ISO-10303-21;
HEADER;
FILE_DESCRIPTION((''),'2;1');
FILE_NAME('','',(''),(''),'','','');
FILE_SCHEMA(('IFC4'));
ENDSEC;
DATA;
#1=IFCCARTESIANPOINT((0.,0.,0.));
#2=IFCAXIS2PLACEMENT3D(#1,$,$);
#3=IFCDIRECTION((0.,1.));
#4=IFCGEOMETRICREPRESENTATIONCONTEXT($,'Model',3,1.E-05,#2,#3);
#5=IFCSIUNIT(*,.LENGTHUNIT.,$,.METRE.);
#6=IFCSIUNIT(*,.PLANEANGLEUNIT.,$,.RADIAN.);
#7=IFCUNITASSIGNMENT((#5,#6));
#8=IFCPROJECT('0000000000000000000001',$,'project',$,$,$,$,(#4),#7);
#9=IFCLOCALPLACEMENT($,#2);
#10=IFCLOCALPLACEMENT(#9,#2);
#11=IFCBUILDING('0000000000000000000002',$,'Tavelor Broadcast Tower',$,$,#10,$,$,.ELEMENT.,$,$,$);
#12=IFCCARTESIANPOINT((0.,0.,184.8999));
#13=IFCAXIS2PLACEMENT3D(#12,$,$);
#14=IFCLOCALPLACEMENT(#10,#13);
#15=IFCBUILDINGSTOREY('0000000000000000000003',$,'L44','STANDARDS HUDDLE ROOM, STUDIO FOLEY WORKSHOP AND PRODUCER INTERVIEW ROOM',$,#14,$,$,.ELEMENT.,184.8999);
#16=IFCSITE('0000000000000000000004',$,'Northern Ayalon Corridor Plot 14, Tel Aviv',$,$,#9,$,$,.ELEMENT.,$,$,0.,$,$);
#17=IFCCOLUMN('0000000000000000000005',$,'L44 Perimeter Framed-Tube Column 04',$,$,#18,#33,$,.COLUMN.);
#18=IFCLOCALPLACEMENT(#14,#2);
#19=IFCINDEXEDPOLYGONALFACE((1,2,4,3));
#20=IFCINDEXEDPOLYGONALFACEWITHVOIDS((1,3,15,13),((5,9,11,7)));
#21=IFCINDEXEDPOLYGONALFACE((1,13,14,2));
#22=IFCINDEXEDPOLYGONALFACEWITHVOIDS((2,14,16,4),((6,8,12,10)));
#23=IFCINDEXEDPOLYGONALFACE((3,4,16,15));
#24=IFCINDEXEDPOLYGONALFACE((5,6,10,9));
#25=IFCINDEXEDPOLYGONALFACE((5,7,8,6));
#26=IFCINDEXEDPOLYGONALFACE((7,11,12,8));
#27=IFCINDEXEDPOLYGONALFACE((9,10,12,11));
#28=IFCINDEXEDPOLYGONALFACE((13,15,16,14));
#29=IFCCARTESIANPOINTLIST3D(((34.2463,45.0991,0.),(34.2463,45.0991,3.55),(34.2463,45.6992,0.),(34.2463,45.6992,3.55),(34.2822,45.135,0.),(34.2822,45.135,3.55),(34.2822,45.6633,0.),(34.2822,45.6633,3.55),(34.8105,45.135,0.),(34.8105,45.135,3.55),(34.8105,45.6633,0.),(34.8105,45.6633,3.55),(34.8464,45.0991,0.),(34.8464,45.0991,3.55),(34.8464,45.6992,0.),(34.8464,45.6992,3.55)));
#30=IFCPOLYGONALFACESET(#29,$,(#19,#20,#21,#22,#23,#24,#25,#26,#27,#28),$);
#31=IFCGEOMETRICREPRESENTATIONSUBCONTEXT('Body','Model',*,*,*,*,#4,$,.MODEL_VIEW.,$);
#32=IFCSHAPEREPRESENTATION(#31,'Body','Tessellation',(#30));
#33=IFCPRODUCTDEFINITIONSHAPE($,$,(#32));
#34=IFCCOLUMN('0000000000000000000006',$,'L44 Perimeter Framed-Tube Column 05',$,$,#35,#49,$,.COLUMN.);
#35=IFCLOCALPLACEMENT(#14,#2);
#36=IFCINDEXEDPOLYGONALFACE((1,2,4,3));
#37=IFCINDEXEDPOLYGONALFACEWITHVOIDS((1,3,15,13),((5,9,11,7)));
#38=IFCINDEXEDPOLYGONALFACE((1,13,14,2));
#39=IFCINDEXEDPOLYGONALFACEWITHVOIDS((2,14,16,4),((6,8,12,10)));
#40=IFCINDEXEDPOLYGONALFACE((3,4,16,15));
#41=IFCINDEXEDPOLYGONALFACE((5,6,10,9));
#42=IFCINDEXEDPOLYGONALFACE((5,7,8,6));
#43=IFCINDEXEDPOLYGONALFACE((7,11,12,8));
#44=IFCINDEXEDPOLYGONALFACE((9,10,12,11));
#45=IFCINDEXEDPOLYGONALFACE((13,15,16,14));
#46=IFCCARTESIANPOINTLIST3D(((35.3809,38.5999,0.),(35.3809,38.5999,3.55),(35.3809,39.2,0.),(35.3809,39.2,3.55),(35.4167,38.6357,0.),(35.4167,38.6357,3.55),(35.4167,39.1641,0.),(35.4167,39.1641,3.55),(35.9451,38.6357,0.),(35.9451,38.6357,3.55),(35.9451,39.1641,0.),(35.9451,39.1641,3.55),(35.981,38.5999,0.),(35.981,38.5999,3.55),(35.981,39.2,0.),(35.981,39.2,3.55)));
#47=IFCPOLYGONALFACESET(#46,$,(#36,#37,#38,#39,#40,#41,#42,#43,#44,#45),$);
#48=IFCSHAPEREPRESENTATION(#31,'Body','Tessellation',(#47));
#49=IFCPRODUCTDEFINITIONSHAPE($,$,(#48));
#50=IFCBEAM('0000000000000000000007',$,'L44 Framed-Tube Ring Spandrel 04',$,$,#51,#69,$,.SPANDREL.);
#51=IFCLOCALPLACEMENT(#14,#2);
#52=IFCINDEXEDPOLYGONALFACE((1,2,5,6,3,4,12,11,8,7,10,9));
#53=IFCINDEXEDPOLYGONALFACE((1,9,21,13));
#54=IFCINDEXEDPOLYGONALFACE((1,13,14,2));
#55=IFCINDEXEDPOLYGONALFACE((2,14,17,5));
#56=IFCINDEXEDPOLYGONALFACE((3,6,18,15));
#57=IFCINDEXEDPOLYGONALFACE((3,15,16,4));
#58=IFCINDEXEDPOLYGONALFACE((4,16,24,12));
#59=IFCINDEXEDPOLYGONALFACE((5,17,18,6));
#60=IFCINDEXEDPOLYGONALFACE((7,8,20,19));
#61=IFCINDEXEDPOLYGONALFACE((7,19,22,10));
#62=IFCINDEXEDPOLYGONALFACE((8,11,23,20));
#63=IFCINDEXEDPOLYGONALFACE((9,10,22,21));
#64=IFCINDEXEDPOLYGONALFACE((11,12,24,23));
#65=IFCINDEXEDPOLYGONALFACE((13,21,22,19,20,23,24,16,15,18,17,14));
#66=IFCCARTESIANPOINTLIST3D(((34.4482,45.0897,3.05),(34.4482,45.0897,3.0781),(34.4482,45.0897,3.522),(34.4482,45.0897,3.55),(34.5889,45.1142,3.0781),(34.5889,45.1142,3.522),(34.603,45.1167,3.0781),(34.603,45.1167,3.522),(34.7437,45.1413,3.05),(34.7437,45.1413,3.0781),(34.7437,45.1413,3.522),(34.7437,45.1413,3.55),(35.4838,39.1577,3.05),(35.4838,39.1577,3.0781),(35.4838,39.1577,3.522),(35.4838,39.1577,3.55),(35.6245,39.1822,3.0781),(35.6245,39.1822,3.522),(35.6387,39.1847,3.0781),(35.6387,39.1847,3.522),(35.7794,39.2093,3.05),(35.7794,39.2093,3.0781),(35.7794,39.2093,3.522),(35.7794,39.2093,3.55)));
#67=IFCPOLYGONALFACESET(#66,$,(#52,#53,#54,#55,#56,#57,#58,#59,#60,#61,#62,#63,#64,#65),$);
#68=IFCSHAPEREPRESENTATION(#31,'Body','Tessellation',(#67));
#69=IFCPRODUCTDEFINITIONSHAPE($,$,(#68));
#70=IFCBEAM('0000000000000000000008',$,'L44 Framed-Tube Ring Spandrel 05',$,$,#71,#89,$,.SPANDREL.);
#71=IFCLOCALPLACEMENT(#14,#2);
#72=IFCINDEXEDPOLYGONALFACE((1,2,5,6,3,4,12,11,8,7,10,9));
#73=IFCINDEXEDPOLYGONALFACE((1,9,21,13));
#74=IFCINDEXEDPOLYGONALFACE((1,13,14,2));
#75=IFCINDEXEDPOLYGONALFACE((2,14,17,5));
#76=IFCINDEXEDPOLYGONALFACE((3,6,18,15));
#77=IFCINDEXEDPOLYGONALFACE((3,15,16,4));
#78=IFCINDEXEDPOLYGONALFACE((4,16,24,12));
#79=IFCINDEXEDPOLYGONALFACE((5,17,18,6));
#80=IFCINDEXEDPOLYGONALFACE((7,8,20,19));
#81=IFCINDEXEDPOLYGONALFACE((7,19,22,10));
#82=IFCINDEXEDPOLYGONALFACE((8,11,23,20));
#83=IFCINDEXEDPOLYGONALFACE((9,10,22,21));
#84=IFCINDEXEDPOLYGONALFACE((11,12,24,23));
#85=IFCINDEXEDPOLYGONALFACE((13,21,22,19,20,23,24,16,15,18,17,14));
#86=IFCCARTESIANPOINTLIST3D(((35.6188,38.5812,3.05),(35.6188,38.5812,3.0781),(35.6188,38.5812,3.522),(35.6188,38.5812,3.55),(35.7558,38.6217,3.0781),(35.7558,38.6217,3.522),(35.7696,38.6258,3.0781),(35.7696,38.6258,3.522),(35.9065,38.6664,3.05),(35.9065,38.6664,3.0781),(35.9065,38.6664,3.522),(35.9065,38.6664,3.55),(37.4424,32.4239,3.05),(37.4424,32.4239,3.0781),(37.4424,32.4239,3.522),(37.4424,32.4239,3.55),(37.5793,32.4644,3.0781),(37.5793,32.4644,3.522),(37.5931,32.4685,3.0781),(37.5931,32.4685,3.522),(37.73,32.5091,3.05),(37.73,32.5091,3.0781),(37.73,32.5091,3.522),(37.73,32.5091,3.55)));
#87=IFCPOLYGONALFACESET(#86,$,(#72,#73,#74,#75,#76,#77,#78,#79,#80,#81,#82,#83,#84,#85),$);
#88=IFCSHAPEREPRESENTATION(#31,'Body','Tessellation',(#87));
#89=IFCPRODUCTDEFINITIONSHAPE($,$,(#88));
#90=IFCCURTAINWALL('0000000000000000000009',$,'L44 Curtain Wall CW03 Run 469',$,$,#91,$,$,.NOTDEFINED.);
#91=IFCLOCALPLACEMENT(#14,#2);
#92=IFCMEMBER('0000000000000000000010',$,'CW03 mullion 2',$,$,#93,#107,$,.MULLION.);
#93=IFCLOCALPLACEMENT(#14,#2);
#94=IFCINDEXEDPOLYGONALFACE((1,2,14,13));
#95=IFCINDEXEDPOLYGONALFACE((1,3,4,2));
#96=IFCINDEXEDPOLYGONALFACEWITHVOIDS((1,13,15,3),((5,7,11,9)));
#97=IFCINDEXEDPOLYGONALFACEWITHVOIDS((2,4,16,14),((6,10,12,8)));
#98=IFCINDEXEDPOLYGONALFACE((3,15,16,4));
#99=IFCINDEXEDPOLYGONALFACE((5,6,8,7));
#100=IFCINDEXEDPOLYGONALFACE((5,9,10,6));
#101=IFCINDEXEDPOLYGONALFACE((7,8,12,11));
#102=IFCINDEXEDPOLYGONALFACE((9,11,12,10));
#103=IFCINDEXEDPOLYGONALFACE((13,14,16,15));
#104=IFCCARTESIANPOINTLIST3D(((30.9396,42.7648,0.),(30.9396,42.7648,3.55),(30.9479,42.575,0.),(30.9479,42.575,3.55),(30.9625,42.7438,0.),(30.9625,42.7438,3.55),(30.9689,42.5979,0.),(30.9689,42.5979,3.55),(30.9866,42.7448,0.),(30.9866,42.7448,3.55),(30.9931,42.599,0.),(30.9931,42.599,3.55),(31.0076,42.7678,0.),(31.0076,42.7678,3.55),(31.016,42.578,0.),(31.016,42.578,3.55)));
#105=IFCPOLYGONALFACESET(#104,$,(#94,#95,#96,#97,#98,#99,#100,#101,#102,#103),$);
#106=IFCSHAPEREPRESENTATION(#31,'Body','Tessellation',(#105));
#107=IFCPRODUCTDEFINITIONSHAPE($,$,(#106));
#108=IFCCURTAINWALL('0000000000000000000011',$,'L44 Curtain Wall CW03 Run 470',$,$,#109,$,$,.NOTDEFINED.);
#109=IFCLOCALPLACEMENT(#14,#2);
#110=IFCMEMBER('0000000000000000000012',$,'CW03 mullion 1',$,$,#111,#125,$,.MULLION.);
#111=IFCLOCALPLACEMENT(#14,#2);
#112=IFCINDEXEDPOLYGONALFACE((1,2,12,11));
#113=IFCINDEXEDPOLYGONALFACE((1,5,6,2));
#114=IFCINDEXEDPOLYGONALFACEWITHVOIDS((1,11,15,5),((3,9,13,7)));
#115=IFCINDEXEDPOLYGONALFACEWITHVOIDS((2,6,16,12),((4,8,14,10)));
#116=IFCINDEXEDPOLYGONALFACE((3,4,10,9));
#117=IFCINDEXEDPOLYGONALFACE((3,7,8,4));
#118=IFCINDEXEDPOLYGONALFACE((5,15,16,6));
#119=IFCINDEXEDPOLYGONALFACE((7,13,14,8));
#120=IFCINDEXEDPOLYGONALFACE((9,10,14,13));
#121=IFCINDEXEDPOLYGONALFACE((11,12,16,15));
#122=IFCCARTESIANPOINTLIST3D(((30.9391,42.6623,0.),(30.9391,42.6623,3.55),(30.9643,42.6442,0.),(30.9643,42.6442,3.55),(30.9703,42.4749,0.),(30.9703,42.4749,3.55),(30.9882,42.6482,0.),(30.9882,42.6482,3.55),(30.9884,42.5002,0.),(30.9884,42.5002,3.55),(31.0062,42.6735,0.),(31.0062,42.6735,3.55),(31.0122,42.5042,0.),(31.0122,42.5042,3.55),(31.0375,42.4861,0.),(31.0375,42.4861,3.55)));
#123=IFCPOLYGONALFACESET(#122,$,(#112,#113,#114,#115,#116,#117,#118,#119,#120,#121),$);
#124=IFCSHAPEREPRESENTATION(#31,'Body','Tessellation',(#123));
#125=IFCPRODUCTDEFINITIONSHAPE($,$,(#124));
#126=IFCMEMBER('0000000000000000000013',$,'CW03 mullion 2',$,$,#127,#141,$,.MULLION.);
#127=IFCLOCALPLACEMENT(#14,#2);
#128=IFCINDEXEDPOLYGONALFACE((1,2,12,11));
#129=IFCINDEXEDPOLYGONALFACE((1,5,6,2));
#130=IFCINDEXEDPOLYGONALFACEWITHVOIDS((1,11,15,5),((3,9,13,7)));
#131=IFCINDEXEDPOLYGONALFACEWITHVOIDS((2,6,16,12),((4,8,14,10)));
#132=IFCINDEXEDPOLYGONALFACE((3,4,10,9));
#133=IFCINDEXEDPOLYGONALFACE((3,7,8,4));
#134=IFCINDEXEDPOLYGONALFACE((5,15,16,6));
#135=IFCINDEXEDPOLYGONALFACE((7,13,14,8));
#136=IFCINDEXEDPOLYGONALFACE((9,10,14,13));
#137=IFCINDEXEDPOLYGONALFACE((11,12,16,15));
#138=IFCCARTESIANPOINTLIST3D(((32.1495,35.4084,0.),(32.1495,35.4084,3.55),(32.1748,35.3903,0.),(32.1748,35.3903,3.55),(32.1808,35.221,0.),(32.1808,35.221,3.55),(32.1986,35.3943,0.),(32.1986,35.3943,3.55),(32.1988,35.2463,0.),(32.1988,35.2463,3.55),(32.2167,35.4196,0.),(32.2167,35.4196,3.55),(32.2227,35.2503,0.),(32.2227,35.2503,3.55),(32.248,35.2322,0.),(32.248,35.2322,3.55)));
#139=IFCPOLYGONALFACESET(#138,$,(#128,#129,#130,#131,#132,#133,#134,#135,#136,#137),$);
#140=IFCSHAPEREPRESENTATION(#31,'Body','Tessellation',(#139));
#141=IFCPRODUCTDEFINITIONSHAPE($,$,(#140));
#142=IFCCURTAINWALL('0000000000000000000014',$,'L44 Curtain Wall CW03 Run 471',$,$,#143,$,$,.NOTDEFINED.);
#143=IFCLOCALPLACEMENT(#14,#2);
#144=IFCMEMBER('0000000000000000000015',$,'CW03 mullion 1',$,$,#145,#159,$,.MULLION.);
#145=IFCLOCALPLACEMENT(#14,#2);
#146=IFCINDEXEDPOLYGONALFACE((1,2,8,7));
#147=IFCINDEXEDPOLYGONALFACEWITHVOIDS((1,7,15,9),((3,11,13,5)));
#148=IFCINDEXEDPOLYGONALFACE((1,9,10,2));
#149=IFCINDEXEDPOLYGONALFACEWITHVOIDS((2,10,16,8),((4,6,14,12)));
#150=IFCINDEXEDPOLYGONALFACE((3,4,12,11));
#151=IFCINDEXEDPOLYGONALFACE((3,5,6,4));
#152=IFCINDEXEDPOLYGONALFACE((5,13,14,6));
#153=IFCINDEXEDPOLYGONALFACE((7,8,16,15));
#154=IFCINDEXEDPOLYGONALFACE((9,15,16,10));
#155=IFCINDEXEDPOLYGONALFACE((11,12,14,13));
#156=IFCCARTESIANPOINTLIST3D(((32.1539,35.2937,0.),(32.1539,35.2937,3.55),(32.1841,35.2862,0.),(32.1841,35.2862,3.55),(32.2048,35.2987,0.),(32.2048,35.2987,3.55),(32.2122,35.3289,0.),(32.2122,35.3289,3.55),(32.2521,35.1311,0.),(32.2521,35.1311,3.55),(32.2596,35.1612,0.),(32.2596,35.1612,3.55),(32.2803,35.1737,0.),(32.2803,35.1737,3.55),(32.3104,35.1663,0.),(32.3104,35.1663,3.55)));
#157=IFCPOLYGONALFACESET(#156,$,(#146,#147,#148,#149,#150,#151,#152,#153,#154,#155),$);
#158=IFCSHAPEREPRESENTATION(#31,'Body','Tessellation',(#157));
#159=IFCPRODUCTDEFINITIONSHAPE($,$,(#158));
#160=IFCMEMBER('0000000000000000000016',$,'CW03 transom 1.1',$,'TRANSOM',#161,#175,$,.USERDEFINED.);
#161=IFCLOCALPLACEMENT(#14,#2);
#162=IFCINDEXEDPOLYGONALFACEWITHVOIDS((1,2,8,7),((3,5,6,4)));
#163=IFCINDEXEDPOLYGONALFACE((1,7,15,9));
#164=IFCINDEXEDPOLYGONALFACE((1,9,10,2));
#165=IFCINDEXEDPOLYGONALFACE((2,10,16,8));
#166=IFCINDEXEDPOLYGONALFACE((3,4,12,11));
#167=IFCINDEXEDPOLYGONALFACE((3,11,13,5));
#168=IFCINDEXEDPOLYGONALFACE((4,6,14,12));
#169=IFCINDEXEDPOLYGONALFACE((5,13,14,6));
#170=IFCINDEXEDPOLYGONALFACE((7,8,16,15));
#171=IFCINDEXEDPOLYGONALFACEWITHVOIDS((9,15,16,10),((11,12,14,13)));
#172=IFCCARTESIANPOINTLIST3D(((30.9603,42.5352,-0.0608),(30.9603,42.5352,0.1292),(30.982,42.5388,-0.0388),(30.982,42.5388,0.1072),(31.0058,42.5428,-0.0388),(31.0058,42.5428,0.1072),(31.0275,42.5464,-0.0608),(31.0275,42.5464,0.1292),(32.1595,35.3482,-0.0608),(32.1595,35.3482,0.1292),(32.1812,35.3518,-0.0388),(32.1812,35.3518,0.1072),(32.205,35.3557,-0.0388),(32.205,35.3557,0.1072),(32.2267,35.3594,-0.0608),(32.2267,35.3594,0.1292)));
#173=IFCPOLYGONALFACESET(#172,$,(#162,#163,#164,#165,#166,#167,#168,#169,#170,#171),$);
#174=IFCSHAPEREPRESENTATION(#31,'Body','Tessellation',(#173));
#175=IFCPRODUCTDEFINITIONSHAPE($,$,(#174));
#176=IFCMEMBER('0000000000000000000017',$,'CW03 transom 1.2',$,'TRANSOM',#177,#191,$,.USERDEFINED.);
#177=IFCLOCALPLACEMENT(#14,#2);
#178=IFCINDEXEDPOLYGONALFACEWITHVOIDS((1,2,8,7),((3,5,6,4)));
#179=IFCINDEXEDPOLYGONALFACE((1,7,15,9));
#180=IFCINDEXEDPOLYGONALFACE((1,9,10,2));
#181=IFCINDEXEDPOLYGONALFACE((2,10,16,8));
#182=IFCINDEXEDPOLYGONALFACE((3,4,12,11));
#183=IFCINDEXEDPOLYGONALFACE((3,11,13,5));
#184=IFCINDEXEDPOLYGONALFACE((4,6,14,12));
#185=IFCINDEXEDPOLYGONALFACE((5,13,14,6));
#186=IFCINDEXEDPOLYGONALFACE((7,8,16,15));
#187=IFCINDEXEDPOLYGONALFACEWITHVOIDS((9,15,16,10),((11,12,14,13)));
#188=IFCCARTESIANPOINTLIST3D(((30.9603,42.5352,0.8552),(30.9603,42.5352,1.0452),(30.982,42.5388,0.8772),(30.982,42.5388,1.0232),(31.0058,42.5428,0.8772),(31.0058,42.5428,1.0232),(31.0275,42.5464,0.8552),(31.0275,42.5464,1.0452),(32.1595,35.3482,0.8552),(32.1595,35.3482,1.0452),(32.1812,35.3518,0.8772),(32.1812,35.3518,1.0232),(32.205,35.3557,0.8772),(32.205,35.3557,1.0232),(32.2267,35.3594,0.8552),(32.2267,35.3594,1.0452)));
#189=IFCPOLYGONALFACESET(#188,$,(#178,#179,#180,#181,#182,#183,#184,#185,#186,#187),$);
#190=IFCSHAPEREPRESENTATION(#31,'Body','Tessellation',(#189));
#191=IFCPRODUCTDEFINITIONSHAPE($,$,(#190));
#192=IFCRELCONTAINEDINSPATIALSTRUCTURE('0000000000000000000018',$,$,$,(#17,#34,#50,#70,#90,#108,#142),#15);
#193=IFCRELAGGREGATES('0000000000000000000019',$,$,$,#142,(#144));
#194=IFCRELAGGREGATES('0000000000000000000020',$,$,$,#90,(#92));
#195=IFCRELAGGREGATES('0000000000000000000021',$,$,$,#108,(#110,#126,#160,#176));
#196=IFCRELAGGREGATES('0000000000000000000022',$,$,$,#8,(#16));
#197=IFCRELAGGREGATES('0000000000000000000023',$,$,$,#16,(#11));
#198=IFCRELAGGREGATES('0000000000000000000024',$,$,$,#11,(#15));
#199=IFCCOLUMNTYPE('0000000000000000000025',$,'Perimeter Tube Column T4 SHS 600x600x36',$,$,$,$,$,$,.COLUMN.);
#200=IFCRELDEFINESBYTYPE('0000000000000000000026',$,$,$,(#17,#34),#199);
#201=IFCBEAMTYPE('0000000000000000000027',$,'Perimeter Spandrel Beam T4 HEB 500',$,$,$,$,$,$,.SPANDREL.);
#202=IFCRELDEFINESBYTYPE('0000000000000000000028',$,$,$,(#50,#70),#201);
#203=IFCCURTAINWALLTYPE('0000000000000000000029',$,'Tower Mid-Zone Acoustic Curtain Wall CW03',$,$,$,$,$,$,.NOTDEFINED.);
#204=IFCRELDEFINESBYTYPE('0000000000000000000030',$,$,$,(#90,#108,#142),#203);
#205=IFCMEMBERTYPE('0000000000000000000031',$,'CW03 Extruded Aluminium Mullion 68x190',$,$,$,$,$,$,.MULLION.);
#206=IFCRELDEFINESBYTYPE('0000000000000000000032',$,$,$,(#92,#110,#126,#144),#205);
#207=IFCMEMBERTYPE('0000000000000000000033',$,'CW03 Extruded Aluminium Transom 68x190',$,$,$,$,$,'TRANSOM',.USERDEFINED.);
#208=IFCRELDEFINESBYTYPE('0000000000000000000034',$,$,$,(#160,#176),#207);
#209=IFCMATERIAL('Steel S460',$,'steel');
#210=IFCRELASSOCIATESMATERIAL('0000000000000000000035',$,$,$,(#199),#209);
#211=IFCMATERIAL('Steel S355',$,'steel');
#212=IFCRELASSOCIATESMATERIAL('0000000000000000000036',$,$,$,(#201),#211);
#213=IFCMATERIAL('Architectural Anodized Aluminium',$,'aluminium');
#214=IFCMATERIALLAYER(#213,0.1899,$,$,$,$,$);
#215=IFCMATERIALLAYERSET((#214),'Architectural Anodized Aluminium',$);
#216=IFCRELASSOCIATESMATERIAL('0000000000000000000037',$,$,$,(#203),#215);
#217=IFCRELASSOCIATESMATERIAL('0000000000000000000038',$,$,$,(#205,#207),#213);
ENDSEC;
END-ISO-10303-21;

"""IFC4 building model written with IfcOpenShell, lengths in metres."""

from ifc_helpers import new_model, si_unit, direction, frame, origin, origin_2d, place, context, subcontext, project, spatial, hollow_rectangle, i_section, extrude, source, transform, mapped, material, layer, layer_set, material_profile, profile_set, type_object, type_shapes, element, aggregate, save


model = new_model("IFC4")

# Units and contexts
model_context = context("Model", 3, precision=1e-05, world=origin(), true_north=direction((0.0, 1.0)))
body_context = subcontext(model_context, "Body", "Model", "MODEL_VIEW")
ifc_project = project(units=[si_unit("LENGTHUNIT", "METRE"), si_unit("PLANEANGLEUNIT", "RADIAN")], contexts=[model_context])

# Site, building, storey
site_placement = place(None, origin())
site = spatial("IfcSite", under=ifc_project, at=site_placement, Name="Northern Ayalon Corridor Plot 14, Tel Aviv", CompositionType="ELEMENT", RefElevation=0.0)
building_placement = place(site_placement, origin())
building = spatial("IfcBuilding", under=site, at=building_placement, Name="Tavelor Broadcast Tower", CompositionType="ELEMENT")
storey_placement = place(building_placement, frame((0.0, 0.0, 184.8999)))
storey = spatial("IfcBuildingStorey", under=building, at=storey_placement, Name="L44", Description="STANDARDS HUDDLE ROOM, STUDIO FOLEY WORKSHOP AND PRODUCER INTERVIEW ROOM", CompositionType="ELEMENT", Elevation=184.8999)

# Columns
ifc_material_1 = material(Name="Steel S460", Category="steel")
ifc_material_profile_1 = material_profile(ifc_material_1, hollow_rectangle(XDim=0.6001, YDim=0.6001, WallThickness=0.0359, at=origin_2d()), Name="SHS 600x600x36")
ifc_profile_set_1 = profile_set([ifc_material_profile_1], Name="Steel S460")
column_type = type_object("IfcColumnType", Name="Perimeter Tube Column T4 SHS 600x600x36", PredefinedType="COLUMN", material=ifc_profile_set_1)
for number, where, z_axis, x_axis, name in (
    (1, (34.5464, 45.3992, 0.0), (0.0, 0.0, 1.0), (1.0, 0.0, 0.0), "L44 Perimeter Framed-Tube Column 04"),
    (2, (35.6809, 38.8999, 0.0), (0.0, 0.0, 1.0), (1.0, 0.0, 0.0), "L44 Perimeter Framed-Tube Column 05"),
):
    element("IfcColumn", number, at=place(storey_placement, frame(where, z_axis=z_axis, x_axis=x_axis)), inside=storey, type_object=column_type, Name=name, PredefinedType="COLUMN", context=body_context, shape_type="SweptSolid", body=[
        extrude(hollow_rectangle(XDim=0.6001, YDim=0.6001, WallThickness=0.0359, at=origin_2d()), origin(), (0.0, 0.0, 1.0), 3.55),
    ])

# Beams
ifc_material_2 = material(Name="Steel S355", Category="steel")
ifc_material_profile_2 = material_profile(ifc_material_2, i_section(OverallWidth=0.3, OverallDepth=0.5, WebThickness=0.0144, FlangeThickness=0.0281, at=origin_2d()), Name="HEB 500")
ifc_profile_set_2 = profile_set([ifc_material_profile_2], Name="Steel S355")
beam_type = type_object("IfcBeamType", Name="Perimeter Spandrel Beam T4 HEB 500", PredefinedType="SPANDREL", material=ifc_profile_set_2)
beam_1_placement = place(storey_placement, frame((34.5959, 45.1155, 3.3), z_axis=(0.171988, -0.985099, 0.0), x_axis=(0.985099, 0.171988, 0.0)))
element("IfcBeam", 3, at=beam_1_placement, inside=storey, type_object=beam_type, Name="L44 Framed-Tube Ring Spandrel 04", PredefinedType="SPANDREL", context=body_context, shape_type="SweptSolid", body=[
    extrude(i_section(OverallWidth=0.3, OverallDepth=0.5, WebThickness=0.0144, FlangeThickness=0.0281, at=origin_2d()), origin(), (0.0, 0.0, 1.0), 6.0217),
])
beam_2_placement = place(storey_placement, frame((35.7627, 38.6238, 3.3), z_axis=(0.283963, -0.958835, 0.0), x_axis=(0.958835, 0.283963, 0.0)))
element("IfcBeam", 4, at=beam_2_placement, inside=storey, type_object=beam_type, Name="L44 Framed-Tube Ring Spandrel 05", PredefinedType="SPANDREL", context=body_context, shape_type="SweptSolid", body=[
    extrude(i_section(OverallWidth=0.3, OverallDepth=0.5, WebThickness=0.0144, FlangeThickness=0.0281, at=origin_2d()), origin(), (0.0, 0.0, 1.0), 6.4216),
])

# Curtain wall, member
ifc_material_3 = material(Name="Architectural Anodized Aluminium", Category="aluminium")
ifc_layer_1 = layer(ifc_material_3, 0.1899)
ifc_layer_set_1 = layer_set([ifc_layer_1], Name="Architectural Anodized Aluminium")
curtain_wall_type = type_object("IfcCurtainWallType", Name="Tower Mid-Zone Acoustic Curtain Wall CW03", PredefinedType="NOTDEFINED", material=ifc_layer_set_1)
curtain_wall_1_placement = place(storey_placement, origin())
curtain_wall_1 = element("IfcCurtainWall", 5, at=curtain_wall_1_placement, inside=storey, type_object=curtain_wall_type, Name="L44 Curtain Wall CW03 Run 469", PredefinedType="NOTDEFINED")
ifc_material_profile_3 = material_profile(ifc_material_3, hollow_rectangle(XDim=0.0681, YDim=0.1899, WallThickness=0.022, at=origin_2d()), Name="RHS 68x190x22")
ifc_profile_set_3 = profile_set([ifc_material_profile_3], Name="Architectural Anodized Aluminium")
member_type_1 = type_object("IfcMemberType", Name="CW03 Extruded Aluminium Mullion 68x190", PredefinedType="MULLION", material=ifc_profile_set_3)
shared_shape_1 = source(origin(), body_context, "Body", "SweptSolid", [
    extrude(hollow_rectangle(XDim=0.0681, YDim=0.1899, WallThickness=0.022, at=origin_2d()), origin(), (0.0, 0.0, 1.0), 3.55),
])
type_shapes(member_type_1, [shared_shape_1])
member_1_placement = place(storey_placement, frame((30.9778, 42.6714, 0.0), z_axis=(0.0, 0.0, 1.0), x_axis=(0.999029, 0.044062, 0.0)))
member_1 = element("IfcMember", 6, at=member_1_placement, type_object=member_type_1, Name="CW03 mullion 2", PredefinedType="MULLION", context=body_context, shape_type="MappedRepresentation", body=[
    mapped(shared_shape_1, transform((0.0, 0.0, 0.0), scale=1.0)),
])

# Curtain wall, members
curtain_wall_2_placement = place(storey_placement, origin())
curtain_wall_2 = element("IfcCurtainWall", 7, at=curtain_wall_2_placement, inside=storey, type_object=curtain_wall_type, Name="L44 Curtain Wall CW03 Run 470", PredefinedType="NOTDEFINED")
member_2_placement = place(storey_placement, frame((30.9883, 42.5742, 0.0), z_axis=(0.0, 0.0, 1.0), x_axis=(0.986358, 0.164613, 0.0)))
member_2 = element("IfcMember", 8, at=member_2_placement, type_object=member_type_1, Name="CW03 mullion 1", PredefinedType="MULLION", context=body_context, shape_type="MappedRepresentation", body=[
    mapped(shared_shape_1, transform((0.0, 0.0, 0.0), scale=1.0)),
])
member_3_placement = place(storey_placement, frame((32.1987, 35.3203, 0.0), z_axis=(0.0, 0.0, 1.0), x_axis=(0.986358, 0.164613, 0.0)))
member_3 = element("IfcMember", 9, at=member_3_placement, type_object=member_type_1, Name="CW03 mullion 2", PredefinedType="MULLION", context=body_context, shape_type="MappedRepresentation", body=[
    mapped(shared_shape_1, transform((0.0, 0.0, 0.0), scale=1.0)),
])

# Curtain wall, member
curtain_wall_3_placement = place(storey_placement, origin())
curtain_wall_3 = element("IfcCurtainWall", 10, at=curtain_wall_3_placement, inside=storey, type_object=curtain_wall_type, Name="L44 Curtain Wall CW03 Run 471", PredefinedType="NOTDEFINED")
member_4_placement = place(storey_placement, frame((32.2322, 35.23, 0.0), z_axis=(0.0, 0.0, 1.0), x_axis=(0.855953, 0.517054, 0.0)))
member_4 = element("IfcMember", 11, at=member_4_placement, type_object=member_type_1, Name="CW03 mullion 1", PredefinedType="MULLION", context=body_context, shape_type="MappedRepresentation", body=[
    mapped(shared_shape_1, transform((0.0, 0.0, 0.0), scale=1.0)),
])
aggregate(curtain_wall_3, [member_4])

# Members
ifc_material_profile_4 = material_profile(ifc_material_3, hollow_rectangle(XDim=0.0681, YDim=0.1899, WallThickness=0.022, at=origin_2d()), Name="RHS 68x190x22")
ifc_profile_set_4 = profile_set([ifc_material_profile_4], Name="Architectural Anodized Aluminium")
member_type_2 = type_object("IfcMemberType", Name="CW03 Extruded Aluminium Transom 68x190", ElementType="TRANSOM", PredefinedType="USERDEFINED", material=ifc_profile_set_4)
shared_shape_2 = source(origin(), body_context, "Body", "SweptSolid", [
    extrude(hollow_rectangle(XDim=0.0681, YDim=0.1899, WallThickness=0.022, at=origin_2d()), origin(), (0.0, 0.0, 1.0), 7.2864),
])
type_shapes(member_type_2, [shared_shape_2])
member_5_placement = place(storey_placement, frame((30.9939, 42.5408, 0.0342), z_axis=(0.164584, -0.986363, 0.0), x_axis=(0.986363, 0.164584, 0.0)))
member_5 = element("IfcMember", 12, at=member_5_placement, type_object=member_type_2, Name="CW03 transom 1.1", ObjectType="TRANSOM", PredefinedType="USERDEFINED", context=body_context, shape_type="MappedRepresentation", body=[
    mapped(shared_shape_2, transform((0.0, 0.0, 0.0), scale=1.0)),
])
member_6_placement = place(storey_placement, frame((30.9939, 42.5408, 0.9502), z_axis=(0.164584, -0.986363, 0.0), x_axis=(0.986363, 0.164584, 0.0)))
member_6 = element("IfcMember", 13, at=member_6_placement, type_object=member_type_2, Name="CW03 transom 1.2", ObjectType="TRANSOM", PredefinedType="USERDEFINED", context=body_context, shape_type="MappedRepresentation", body=[
    mapped(shared_shape_2, transform((0.0, 0.0, 0.0), scale=1.0)),
])

aggregate(curtain_wall_1, [member_1])
aggregate(curtain_wall_2, [member_2, member_3, member_5, member_6])

save(model, "model.ifc")
